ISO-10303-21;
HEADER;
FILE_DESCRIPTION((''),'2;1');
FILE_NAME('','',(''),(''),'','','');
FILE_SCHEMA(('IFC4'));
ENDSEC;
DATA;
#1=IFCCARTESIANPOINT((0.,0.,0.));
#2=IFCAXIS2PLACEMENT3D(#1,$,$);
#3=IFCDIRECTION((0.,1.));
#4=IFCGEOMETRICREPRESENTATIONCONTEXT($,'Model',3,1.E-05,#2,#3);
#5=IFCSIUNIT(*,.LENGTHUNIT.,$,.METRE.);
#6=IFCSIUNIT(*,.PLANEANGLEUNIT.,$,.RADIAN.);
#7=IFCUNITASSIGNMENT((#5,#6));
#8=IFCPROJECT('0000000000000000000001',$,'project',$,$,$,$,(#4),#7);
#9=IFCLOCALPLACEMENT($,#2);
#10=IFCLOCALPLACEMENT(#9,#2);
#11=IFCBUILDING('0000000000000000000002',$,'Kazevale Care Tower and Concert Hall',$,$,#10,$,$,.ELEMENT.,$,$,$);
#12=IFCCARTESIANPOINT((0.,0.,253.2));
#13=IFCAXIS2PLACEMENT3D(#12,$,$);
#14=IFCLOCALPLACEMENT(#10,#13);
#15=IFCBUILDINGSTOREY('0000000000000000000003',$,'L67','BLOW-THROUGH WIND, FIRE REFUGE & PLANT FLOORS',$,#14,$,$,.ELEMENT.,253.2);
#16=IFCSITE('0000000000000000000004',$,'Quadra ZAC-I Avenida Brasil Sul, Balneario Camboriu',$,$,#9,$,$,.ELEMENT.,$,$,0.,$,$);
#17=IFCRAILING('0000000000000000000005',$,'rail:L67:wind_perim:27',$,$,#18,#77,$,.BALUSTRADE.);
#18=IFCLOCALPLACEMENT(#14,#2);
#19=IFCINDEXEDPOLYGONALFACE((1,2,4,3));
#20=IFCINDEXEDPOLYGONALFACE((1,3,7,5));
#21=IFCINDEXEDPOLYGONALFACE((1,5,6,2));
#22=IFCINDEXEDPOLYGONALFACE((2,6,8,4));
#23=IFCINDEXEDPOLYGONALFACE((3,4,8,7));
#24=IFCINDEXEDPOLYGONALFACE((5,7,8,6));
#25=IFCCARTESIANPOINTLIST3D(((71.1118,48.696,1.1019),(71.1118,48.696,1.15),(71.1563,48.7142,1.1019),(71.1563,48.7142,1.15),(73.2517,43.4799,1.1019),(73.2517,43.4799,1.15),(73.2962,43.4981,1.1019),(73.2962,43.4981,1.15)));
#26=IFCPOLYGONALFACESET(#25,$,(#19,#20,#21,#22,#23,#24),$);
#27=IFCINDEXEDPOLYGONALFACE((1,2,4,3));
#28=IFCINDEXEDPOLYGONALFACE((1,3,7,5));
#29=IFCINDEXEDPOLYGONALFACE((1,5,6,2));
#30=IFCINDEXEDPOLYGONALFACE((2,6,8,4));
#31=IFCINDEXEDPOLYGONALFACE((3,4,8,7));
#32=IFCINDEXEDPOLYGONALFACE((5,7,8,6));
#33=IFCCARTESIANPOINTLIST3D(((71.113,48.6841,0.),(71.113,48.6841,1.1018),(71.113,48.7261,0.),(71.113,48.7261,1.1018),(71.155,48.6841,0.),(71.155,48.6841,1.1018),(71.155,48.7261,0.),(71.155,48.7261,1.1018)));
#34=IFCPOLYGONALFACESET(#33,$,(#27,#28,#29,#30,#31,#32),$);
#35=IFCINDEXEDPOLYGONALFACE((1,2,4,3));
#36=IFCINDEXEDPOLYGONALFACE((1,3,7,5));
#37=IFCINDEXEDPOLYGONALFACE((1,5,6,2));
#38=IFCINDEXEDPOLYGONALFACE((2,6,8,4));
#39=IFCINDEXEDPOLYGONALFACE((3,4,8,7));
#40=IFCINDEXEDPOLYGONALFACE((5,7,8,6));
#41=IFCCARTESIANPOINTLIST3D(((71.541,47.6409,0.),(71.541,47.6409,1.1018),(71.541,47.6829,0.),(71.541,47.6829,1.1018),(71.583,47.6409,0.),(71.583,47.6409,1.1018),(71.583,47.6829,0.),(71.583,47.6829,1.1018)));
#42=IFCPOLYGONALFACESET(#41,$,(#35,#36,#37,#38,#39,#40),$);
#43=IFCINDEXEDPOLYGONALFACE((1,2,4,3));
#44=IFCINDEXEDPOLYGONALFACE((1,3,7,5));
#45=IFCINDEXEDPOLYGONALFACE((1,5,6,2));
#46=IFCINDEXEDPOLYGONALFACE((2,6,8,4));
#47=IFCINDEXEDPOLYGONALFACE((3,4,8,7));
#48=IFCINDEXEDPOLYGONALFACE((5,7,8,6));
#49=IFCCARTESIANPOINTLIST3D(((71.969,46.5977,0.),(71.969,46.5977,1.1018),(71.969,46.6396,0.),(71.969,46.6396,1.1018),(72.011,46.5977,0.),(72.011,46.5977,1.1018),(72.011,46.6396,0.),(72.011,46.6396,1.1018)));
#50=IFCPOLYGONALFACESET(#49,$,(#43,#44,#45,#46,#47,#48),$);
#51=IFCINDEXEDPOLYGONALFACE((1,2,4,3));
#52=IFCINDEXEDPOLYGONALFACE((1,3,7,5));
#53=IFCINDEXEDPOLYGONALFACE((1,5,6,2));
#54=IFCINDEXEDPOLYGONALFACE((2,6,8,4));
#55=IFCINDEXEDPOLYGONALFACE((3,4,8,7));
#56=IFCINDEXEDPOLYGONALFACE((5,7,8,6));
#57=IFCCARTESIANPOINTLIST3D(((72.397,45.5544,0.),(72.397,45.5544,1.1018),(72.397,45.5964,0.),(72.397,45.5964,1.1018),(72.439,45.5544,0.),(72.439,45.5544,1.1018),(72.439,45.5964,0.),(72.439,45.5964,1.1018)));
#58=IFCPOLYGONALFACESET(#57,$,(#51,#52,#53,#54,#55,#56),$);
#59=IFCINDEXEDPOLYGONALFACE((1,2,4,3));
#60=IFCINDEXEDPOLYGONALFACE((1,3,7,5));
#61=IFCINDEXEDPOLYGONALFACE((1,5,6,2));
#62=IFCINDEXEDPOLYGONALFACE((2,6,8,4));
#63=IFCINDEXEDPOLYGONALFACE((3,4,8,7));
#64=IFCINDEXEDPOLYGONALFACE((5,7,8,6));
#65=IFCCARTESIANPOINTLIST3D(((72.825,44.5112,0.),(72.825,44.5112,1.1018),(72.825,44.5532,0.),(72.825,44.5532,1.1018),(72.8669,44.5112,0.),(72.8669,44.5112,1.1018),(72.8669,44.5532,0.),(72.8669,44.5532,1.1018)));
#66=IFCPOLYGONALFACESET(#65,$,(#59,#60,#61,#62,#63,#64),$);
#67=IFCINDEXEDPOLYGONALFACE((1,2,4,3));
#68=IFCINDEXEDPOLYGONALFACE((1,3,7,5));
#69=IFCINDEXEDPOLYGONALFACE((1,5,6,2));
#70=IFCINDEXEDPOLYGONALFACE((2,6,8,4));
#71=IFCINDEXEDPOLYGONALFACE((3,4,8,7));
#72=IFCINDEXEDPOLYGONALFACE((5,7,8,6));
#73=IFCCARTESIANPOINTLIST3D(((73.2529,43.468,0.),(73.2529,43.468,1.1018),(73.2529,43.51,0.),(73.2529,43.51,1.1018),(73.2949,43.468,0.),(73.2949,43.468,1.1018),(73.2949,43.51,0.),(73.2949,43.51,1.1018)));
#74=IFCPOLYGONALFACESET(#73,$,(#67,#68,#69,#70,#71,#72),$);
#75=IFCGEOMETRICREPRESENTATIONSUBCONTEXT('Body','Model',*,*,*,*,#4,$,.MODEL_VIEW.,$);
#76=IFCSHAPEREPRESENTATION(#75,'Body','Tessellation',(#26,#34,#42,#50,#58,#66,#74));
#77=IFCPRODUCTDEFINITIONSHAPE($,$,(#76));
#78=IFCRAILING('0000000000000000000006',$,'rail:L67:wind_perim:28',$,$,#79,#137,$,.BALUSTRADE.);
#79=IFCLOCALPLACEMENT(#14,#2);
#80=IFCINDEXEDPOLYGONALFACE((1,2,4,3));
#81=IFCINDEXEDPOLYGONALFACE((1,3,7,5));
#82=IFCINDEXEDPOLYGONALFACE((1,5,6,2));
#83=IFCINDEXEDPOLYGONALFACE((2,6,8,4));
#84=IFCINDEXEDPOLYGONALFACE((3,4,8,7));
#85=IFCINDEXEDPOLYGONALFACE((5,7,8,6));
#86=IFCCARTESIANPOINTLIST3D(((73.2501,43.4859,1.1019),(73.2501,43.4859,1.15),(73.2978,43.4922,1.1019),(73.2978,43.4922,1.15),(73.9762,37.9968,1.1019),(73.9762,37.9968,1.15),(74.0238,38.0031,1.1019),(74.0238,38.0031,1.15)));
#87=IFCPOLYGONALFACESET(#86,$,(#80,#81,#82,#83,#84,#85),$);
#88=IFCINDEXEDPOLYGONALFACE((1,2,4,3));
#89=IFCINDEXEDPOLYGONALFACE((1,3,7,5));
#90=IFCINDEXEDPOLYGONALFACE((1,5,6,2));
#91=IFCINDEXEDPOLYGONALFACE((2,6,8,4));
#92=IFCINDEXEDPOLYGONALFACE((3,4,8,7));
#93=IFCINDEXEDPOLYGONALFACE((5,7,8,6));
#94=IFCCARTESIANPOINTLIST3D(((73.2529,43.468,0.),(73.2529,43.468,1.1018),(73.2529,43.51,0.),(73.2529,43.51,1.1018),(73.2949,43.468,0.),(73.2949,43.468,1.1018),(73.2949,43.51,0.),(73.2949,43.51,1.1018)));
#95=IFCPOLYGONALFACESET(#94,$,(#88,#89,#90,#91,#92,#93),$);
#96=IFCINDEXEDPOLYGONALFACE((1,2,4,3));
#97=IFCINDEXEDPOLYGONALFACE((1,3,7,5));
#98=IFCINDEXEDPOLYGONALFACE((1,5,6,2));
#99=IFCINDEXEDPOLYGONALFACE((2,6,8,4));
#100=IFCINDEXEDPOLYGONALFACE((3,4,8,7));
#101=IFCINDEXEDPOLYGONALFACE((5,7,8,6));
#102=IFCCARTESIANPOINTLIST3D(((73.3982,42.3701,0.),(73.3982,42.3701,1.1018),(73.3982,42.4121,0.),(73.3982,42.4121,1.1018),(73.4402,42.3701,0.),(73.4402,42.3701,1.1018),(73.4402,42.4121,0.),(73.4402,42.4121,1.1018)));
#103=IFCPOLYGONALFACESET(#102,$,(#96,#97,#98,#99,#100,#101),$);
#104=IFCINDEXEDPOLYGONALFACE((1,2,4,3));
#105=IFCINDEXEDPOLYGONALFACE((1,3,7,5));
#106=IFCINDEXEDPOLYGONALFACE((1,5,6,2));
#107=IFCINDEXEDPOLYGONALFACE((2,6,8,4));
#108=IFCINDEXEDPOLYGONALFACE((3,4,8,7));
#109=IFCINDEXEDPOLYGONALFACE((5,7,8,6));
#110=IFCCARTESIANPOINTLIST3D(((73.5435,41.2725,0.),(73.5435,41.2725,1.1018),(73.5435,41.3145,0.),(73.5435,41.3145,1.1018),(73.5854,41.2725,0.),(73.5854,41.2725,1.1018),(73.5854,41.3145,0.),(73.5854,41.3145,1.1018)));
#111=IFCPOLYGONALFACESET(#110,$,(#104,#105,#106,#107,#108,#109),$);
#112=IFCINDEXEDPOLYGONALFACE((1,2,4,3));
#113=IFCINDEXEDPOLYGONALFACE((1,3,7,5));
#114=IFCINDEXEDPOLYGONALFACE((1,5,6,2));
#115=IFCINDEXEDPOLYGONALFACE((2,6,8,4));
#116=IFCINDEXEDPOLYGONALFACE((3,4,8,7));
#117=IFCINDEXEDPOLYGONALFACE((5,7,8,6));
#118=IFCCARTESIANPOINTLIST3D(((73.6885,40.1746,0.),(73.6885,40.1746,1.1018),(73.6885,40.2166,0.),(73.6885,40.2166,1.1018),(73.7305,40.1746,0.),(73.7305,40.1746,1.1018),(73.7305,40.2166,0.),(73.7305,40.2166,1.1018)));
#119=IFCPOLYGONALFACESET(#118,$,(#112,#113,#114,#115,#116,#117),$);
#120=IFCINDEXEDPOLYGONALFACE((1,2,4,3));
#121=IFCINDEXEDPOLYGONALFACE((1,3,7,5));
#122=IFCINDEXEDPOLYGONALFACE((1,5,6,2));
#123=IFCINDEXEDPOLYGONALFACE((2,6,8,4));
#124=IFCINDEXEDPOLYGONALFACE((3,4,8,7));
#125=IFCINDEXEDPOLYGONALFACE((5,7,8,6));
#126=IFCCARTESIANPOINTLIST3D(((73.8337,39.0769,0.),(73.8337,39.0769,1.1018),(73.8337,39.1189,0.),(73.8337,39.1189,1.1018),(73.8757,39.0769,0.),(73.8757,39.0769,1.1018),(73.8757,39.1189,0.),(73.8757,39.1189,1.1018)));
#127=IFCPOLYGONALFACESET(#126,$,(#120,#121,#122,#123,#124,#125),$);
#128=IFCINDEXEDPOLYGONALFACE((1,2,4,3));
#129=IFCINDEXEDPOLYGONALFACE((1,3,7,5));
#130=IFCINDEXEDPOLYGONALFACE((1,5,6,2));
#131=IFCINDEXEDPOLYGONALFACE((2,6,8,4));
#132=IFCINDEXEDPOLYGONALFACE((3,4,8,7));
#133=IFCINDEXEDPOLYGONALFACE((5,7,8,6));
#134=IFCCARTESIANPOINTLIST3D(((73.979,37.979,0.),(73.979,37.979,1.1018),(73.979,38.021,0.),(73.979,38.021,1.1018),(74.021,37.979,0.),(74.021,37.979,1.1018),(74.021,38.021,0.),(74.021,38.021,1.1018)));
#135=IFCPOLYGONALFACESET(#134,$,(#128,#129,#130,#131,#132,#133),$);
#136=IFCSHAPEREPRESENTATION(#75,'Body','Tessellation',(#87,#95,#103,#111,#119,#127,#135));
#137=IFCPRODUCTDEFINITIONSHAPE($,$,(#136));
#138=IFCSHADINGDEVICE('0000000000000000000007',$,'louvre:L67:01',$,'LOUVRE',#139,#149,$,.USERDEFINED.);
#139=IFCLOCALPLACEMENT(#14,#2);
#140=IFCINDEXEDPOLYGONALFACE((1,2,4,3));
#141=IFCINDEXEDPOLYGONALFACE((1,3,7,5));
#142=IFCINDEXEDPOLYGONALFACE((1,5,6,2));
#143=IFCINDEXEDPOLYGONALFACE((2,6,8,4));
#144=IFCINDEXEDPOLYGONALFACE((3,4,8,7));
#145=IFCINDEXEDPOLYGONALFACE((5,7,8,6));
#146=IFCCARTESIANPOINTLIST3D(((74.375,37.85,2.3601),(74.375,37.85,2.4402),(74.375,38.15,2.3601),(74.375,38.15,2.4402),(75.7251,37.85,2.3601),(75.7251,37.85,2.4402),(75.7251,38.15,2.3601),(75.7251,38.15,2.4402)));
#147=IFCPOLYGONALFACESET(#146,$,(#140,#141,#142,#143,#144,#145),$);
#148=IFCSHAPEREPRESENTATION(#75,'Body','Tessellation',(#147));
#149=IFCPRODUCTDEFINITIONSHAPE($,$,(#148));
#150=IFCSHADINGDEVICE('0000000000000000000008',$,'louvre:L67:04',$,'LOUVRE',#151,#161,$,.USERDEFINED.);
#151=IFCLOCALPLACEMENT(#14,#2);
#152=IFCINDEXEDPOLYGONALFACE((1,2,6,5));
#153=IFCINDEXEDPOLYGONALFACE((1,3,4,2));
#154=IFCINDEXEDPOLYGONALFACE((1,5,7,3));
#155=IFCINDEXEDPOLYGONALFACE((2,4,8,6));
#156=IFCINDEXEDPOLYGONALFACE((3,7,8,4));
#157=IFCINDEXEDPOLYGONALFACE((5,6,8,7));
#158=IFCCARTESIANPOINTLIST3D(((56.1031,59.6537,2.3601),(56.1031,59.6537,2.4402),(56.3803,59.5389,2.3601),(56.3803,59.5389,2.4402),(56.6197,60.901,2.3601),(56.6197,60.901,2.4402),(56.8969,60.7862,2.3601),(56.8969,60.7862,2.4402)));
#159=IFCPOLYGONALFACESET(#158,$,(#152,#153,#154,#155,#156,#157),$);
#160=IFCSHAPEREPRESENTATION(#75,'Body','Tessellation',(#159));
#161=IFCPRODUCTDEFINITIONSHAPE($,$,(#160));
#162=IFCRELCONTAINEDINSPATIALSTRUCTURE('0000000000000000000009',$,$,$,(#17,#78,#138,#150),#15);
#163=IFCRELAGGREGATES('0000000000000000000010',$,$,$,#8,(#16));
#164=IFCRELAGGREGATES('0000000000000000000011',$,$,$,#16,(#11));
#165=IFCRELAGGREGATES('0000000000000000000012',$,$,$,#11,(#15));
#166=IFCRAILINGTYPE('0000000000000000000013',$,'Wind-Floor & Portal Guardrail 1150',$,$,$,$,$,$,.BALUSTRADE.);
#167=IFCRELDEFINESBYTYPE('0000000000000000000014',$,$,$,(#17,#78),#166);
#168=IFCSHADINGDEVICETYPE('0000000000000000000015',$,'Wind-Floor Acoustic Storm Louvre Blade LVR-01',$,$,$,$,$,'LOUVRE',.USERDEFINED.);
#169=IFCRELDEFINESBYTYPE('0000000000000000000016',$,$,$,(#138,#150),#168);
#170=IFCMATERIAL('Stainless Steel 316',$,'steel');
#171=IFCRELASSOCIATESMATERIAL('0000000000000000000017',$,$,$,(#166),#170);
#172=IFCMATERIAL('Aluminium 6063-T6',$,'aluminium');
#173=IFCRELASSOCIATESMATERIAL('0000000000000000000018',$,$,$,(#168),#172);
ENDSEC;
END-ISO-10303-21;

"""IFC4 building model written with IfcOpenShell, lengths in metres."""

from ifc_helpers import new_model, si_unit, direction, frame, origin, origin_2d, place, context, subcontext, project, spatial, rectangle, extrude, material, type_object, element, save


model = new_model("IFC4")

# Units and contexts
model_context = context("Model", 3, precision=1e-05, world=origin(), true_north=direction((0.0, 1.0)))
body_context = subcontext(model_context, "Body", "Model", "MODEL_VIEW")
ifc_project = project(units=[si_unit("LENGTHUNIT", "METRE"), si_unit("PLANEANGLEUNIT", "RADIAN")], contexts=[model_context])

# Site, building, storey
site_placement = place(None, origin())
site = spatial("IfcSite", under=ifc_project, at=site_placement, Name="Quadra ZAC-I Avenida Brasil Sul, Balneario Camboriu", CompositionType="ELEMENT", RefElevation=0.0)
building_placement = place(site_placement, origin())
building = spatial("IfcBuilding", under=site, at=building_placement, Name="Kazevale Care Tower and Concert Hall", CompositionType="ELEMENT")
storey_placement = place(building_placement, frame((0.0, 0.0, 253.2)))
storey = spatial("IfcBuildingStorey", under=building, at=storey_placement, Name="L67", Description="BLOW-THROUGH WIND, FIRE REFUGE & PLANT FLOORS", CompositionType="ELEMENT", Elevation=253.2)

# Railings
ifc_material_1 = material(Name="Stainless Steel 316", Category="steel")
railing_type = type_object("IfcRailingType", Name="Wind-Floor & Portal Guardrail 1150", PredefinedType="BALUSTRADE", material=ifc_material_1)
railing_1_placement = place(storey_placement, frame((71.134, 48.7051, 0.0)))
element("IfcRailing", 1, at=railing_1_placement, inside=storey, type_object=railing_type, Name="rail:L67:wind_perim:27", PredefinedType="BALUSTRADE", context=body_context, shape_type="SweptSolid", body=[
    extrude(rectangle(XDim=0.0481, YDim=0.0481, at=origin_2d()), frame((0.0, 0.0, 1.126), z_axis=(0.379552, -0.925171, 0.0), x_axis=(0.925171, 0.379552, 0.0)), (0.0, 0.0, 1.0), 5.6379),
    extrude(rectangle(XDim=0.042, YDim=0.042, at=origin_2d()), origin(), (0.0, 0.0, 1.0), 1.1018),
    extrude(rectangle(XDim=0.042, YDim=0.042, at=origin_2d()), frame((0.428, -1.0432, 0.0)), (0.0, 0.0, 1.0), 1.1018),
    extrude(rectangle(XDim=0.042, YDim=0.042, at=origin_2d()), frame((0.856, -2.0864, 0.0)), (0.0, 0.0, 1.0), 1.1018),
    extrude(rectangle(XDim=0.042, YDim=0.042, at=origin_2d()), frame((1.2839, -3.1296, 0.0)), (0.0, 0.0, 1.0), 1.1018),
    extrude(rectangle(XDim=0.042, YDim=0.042, at=origin_2d()), frame((1.7119, -4.1729, 0.0)), (0.0, 0.0, 1.0), 1.1018),
    extrude(rectangle(XDim=0.042, YDim=0.042, at=origin_2d()), frame((2.1399, -5.2161, 0.0)), (0.0, 0.0, 1.0), 1.1018),
])
railing_2_placement = place(storey_placement, frame((73.2739, 43.489, 0.0)))
element("IfcRailing", 2, at=railing_2_placement, inside=storey, type_object=railing_type, Name="rail:L67:wind_perim:28", PredefinedType="BALUSTRADE", context=body_context, shape_type="SweptSolid", body=[
    extrude(rectangle(XDim=0.0481, YDim=0.0481, at=origin_2d()), frame((0.0, 0.0, 1.126), z_axis=(0.131135, -0.991364, 0.0), x_axis=(0.991364, 0.131135, 0.0)), (0.0, 0.0, 1.0), 5.5369),
    extrude(rectangle(XDim=0.042, YDim=0.042, at=origin_2d()), origin(), (0.0, 0.0, 1.0), 1.1018),
    extrude(rectangle(XDim=0.042, YDim=0.042, at=origin_2d()), frame((0.1453, -1.0979, 0.0)), (0.0, 0.0, 1.0), 1.1018),
    extrude(rectangle(XDim=0.042, YDim=0.042, at=origin_2d()), frame((0.2905, -2.1956, 0.0)), (0.0, 0.0, 1.0), 1.1018),
    extrude(rectangle(XDim=0.042, YDim=0.042, at=origin_2d()), frame((0.4355, -3.2935, 0.0)), (0.0, 0.0, 1.0), 1.1018),
    extrude(rectangle(XDim=0.042, YDim=0.042, at=origin_2d()), frame((0.5808, -4.3911, 0.0)), (0.0, 0.0, 1.0), 1.1018),
    extrude(rectangle(XDim=0.042, YDim=0.042, at=origin_2d()), frame((0.7261, -5.489, 0.0)), (0.0, 0.0, 1.0), 1.1018),
])

# Shading devices
ifc_material_2 = material(Name="Aluminium 6063-T6", Category="aluminium")
shading_device_type = type_object("IfcShadingDeviceType", Name="Wind-Floor Acoustic Storm Louvre Blade LVR-01", ElementType="LOUVRE", PredefinedType="USERDEFINED", material=ifc_material_2)
for number, where, z_axis, x_axis, name in (
    (3, (75.05, 38.0, 2.3601), (0.0, 0.0, 1.0), (1.0, 0.0, 0.0), "louvre:L67:01"),
    (4, (56.5, 60.22, 2.3601), (0.0, 0.0, 1.0), (0.382683, 0.92388, 0.0), "louvre:L67:04"),
):
    element("IfcShadingDevice", number, at=place(storey_placement, frame(where, z_axis=z_axis, x_axis=x_axis)), inside=storey, type_object=shading_device_type, Name=name, ObjectType="LOUVRE", PredefinedType="USERDEFINED", context=body_context, shape_type="SweptSolid", body=[
        extrude(rectangle(XDim=1.3501, YDim=0.3, at=origin_2d()), origin(), (0.0, 0.0, 1.0), 0.0801),
    ])

save(model, "model.ifc")
